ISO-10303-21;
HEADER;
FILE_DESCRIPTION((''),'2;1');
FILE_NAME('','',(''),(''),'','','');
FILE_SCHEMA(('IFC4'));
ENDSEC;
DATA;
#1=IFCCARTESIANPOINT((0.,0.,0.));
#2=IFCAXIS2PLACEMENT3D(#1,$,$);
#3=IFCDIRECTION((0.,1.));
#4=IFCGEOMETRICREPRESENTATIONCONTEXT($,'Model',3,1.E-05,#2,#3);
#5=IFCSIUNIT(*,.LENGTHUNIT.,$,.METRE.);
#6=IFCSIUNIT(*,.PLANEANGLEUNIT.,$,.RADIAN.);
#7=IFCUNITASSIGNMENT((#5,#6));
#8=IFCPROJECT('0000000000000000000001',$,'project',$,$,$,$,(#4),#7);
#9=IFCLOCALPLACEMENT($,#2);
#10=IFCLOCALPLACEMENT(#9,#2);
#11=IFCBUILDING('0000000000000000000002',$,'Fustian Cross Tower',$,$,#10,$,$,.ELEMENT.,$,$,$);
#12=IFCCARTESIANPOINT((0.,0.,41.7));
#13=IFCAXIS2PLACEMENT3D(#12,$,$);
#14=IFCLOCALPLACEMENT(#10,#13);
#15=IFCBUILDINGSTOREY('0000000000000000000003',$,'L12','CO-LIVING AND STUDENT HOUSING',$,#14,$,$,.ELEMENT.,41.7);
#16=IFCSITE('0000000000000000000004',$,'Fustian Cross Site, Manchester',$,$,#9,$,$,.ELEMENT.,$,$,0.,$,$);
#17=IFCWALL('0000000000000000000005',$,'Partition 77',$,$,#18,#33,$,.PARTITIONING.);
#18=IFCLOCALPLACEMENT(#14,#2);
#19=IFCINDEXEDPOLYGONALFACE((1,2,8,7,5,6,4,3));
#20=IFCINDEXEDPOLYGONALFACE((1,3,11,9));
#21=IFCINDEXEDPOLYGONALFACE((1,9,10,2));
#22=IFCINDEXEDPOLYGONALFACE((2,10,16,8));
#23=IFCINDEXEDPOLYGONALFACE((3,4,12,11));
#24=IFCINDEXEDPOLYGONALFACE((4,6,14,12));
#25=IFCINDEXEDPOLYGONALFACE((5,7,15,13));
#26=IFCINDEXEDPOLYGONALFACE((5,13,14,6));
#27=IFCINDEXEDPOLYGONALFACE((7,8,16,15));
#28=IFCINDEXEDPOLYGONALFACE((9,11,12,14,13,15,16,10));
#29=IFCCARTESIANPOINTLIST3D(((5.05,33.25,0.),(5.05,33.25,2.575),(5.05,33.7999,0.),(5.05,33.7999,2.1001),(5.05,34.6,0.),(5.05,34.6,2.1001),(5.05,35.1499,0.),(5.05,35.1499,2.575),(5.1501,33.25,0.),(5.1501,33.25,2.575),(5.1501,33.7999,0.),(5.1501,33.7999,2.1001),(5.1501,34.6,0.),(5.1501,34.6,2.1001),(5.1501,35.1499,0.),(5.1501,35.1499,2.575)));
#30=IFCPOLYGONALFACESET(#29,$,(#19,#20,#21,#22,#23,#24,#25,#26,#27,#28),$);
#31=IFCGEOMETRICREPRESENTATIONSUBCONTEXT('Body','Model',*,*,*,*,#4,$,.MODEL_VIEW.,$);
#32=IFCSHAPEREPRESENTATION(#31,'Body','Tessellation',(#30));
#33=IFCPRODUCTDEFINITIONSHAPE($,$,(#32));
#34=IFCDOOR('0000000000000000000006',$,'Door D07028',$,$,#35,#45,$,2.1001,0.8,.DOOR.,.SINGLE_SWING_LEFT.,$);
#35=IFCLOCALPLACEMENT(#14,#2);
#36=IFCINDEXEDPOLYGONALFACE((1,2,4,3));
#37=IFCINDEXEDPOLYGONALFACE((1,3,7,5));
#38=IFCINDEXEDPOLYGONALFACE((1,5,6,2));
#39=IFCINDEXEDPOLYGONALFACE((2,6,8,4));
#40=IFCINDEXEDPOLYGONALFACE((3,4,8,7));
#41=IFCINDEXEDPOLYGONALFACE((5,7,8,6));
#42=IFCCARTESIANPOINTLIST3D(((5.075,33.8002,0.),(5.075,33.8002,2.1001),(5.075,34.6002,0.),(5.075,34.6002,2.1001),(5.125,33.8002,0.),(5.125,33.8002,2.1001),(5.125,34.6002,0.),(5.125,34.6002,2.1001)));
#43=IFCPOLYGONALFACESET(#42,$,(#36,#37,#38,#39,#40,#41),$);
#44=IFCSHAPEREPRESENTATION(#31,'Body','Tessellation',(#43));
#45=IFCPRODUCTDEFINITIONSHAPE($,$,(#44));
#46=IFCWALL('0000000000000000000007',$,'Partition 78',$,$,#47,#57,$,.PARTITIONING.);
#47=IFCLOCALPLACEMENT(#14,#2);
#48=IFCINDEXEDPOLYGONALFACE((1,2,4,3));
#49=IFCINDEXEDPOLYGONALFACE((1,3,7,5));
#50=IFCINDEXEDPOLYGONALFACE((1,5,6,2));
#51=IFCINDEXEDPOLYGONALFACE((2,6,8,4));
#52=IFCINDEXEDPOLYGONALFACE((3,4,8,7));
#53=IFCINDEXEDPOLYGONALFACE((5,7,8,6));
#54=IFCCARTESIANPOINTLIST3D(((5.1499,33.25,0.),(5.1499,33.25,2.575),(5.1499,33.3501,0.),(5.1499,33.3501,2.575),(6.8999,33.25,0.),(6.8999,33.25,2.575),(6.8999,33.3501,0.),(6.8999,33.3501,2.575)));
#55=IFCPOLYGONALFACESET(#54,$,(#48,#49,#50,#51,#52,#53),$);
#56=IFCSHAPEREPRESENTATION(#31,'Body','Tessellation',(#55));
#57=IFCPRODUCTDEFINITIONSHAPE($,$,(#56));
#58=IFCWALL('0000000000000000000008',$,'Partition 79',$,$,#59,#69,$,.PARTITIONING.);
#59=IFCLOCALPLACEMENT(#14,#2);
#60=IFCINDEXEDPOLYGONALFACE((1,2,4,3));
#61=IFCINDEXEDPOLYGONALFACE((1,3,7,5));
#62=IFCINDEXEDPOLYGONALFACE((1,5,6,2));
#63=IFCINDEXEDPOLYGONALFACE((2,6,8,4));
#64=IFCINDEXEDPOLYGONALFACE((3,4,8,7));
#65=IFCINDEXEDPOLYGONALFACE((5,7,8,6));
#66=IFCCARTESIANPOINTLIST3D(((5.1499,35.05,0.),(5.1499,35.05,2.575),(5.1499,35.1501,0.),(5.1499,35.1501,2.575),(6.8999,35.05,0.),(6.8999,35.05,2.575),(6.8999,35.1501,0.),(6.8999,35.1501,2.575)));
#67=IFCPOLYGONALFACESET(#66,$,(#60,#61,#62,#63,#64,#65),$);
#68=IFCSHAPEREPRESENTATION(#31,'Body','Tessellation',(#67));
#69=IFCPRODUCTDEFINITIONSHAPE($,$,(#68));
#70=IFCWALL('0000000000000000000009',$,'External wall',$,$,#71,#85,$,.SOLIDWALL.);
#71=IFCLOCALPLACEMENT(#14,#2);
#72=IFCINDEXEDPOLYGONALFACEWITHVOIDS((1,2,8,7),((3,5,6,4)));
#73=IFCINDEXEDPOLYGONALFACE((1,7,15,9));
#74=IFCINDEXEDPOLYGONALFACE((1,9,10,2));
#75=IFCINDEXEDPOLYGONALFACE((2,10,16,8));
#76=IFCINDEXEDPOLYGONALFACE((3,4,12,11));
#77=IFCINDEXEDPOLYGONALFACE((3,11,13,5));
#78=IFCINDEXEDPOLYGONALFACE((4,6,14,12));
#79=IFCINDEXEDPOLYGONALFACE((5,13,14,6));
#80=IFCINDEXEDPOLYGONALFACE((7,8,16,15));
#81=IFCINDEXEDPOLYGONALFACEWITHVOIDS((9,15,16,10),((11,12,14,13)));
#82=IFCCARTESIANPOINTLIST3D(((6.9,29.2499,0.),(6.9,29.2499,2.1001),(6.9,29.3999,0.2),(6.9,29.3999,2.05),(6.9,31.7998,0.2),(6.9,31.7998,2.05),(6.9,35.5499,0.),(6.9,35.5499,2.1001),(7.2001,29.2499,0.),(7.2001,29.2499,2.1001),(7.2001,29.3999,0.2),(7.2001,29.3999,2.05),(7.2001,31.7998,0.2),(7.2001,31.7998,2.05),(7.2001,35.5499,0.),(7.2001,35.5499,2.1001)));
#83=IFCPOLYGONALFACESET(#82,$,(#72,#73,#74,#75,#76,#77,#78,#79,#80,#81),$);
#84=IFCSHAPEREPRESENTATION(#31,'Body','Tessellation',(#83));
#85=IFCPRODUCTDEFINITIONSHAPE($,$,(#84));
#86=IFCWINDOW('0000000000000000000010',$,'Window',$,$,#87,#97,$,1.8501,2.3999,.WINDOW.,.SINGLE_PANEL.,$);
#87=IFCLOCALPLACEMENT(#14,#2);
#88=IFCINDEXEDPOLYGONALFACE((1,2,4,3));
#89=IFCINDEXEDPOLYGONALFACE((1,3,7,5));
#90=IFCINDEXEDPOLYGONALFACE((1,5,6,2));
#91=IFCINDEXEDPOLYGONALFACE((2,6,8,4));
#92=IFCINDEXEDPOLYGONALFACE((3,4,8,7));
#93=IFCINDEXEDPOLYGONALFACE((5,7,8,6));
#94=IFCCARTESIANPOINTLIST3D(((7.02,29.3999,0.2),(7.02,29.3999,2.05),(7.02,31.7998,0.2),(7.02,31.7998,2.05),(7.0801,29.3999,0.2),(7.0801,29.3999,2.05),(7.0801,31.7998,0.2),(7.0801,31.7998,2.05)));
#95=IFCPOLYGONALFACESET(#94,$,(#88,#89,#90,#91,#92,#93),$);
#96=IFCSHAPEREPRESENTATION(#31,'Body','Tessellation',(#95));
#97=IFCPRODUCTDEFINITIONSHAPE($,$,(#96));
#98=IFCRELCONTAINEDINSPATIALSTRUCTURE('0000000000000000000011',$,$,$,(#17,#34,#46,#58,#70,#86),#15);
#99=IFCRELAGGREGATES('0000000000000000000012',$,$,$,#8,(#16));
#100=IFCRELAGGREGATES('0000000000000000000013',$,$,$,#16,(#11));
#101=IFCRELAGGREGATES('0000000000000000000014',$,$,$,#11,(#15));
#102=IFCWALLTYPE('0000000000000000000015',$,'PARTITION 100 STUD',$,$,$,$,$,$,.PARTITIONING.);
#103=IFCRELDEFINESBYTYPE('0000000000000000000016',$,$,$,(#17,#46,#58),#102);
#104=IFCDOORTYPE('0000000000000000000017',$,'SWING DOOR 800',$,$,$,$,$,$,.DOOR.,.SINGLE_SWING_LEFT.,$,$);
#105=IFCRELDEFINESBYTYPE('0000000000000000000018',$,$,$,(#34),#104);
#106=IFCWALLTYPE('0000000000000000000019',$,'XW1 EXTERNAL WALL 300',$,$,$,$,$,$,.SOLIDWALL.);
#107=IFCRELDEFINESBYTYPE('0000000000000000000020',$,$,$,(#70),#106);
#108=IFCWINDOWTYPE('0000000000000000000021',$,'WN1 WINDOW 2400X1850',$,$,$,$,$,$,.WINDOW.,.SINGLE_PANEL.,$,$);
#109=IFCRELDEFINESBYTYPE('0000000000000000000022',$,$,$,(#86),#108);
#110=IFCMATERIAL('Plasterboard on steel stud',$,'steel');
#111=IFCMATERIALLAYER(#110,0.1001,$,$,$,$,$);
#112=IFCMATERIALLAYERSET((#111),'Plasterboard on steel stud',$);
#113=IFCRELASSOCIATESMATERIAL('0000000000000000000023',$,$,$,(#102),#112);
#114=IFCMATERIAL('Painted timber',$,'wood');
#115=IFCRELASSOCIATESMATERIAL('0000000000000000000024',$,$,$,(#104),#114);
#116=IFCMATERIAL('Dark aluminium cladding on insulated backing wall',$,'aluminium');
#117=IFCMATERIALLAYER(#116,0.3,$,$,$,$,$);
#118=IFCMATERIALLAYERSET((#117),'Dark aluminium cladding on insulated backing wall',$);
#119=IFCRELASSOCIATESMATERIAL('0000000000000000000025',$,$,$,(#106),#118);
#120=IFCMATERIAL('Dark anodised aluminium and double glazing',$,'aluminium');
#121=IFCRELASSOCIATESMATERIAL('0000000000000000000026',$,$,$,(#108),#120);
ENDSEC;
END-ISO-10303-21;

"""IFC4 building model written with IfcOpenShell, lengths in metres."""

from ifc_helpers import new_model, si_unit, direction, frame, frame_2d, origin, place, context, subcontext, project, spatial, rectangle, extrude, material, layer, layer_set, type_object, element, fill, save


model = new_model("IFC4")

# Units and contexts
model_context = context("Model", 3, precision=1e-05, world=origin(), true_north=direction((0.0, 1.0)))
body_context = subcontext(model_context, "Body", "Model", "MODEL_VIEW")
ifc_project = project(units=[si_unit("LENGTHUNIT", "METRE"), si_unit("PLANEANGLEUNIT", "RADIAN")], contexts=[model_context])

# Site, building, storey
site_placement = place(None, origin())
site = spatial("IfcSite", under=ifc_project, at=site_placement, Name="Fustian Cross Site, Manchester", CompositionType="ELEMENT", RefElevation=0.0)
building_placement = place(site_placement, origin())
building = spatial("IfcBuilding", under=site, at=building_placement, Name="Fustian Cross Tower", CompositionType="ELEMENT")
storey_placement = place(building_placement, frame((0.0, 0.0, 41.7)))
storey = spatial("IfcBuildingStorey", under=building, at=storey_placement, Name="L12", Description="CO-LIVING AND STUDENT HOUSING", CompositionType="ELEMENT", Elevation=41.7)

# Shared definitions
ifc_material_1 = material(Name="Plasterboard on steel stud", Category="steel")
ifc_layer_1 = layer(ifc_material_1, 0.1001)
ifc_layer_set_1 = layer_set([ifc_layer_1], Name="Plasterboard on steel stud")
wall_type_1 = type_object("IfcWallType", Name="PARTITION 100 STUD", PredefinedType="PARTITIONING", material=ifc_layer_set_1)

# Shared definitions
ifc_material_2 = material(Name="Painted timber", Category="wood")
door_type_1 = type_object("IfcDoorType", Name="SWING DOOR 800", OperationType="SINGLE_SWING_LEFT", PredefinedType="DOOR", material=ifc_material_2)

# Wall, opening, door
wall_1_placement = place(storey_placement, frame((5.1001, 33.25, 0.0), z_axis=(0.0, 0.0, 1.0), x_axis=(0.0, 1.0, 0.0)))
wall_1 = element("IfcWall", 1, at=wall_1_placement, inside=storey, type_object=wall_type_1, Name="Partition 77", PredefinedType="PARTITIONING", context=body_context, shape_type="SweptSolid", body=[
    extrude(rectangle(XDim=1.8999, YDim=0.1001, at=frame_2d((0.95, 0.0))), origin(), (0.0, 0.0, 1.0), 2.575),
])
opening_1_placement = place(wall_1_placement, frame((0.55, 0.0, 0.0)))
opening_1 = element("IfcOpeningElement", 2, at=opening_1_placement, cuts=wall_1, PredefinedType="OPENING", context=body_context, shape_type="SweptSolid", body=[
    extrude(rectangle(XDim=0.8, YDim=2.1001, at=frame_2d((0.3999, 1.05))), frame((0.0, 0.0601, 0.0), z_axis=(0.0, -1.0, 0.0), x_axis=(1.0, 0.0, 0.0)), (0.0, 0.0, 1.0), 0.1201),
])
door_1_placement = place(opening_1_placement, frame((0.8, 0.0, 0.0), z_axis=(0.0, 0.0, 1.0), x_axis=(-1.0, 0.0, 0.0)))
door_1 = element("IfcDoor", 3, at=door_1_placement, inside=storey, type_object=door_type_1, Name="Door D07028", OperationType="SINGLE_SWING_LEFT", OverallHeight=2.1001, OverallWidth=0.8, PredefinedType="DOOR", context=body_context, shape_type="SweptSolid", body=[
    extrude(rectangle(XDim=0.8, YDim=2.1001, at=frame_2d((0.3999, 1.05))), frame((0.0, 0.0249, 0.0), z_axis=(0.0, -1.0, 0.0), x_axis=(1.0, 0.0, 0.0)), (0.0, 0.0, 1.0), 0.05),
])
fill(opening_1, door_1)

# Walls
for number, where, z_axis, x_axis, name in (
    (4, (5.1499, 33.3, 0.0), (0.0, 0.0, 1.0), (1.0, 0.0, 0.0), "Partition 78"),
    (5, (5.1499, 35.1001, 0.0), (0.0, 0.0, 1.0), (1.0, 0.0, 0.0), "Partition 79"),
):
    element("IfcWall", number, at=place(storey_placement, frame(where, z_axis=z_axis, x_axis=x_axis)), inside=storey, type_object=wall_type_1, Name=name, PredefinedType="PARTITIONING", context=body_context, shape_type="SweptSolid", body=[
        extrude(rectangle(XDim=1.75, YDim=0.1001, at=frame_2d((0.875, 0.0))), origin(), (0.0, 0.0, 1.0), 2.575),
    ])

# Wall, opening, window
ifc_material_3 = material(Name="Dark aluminium cladding on insulated backing wall", Category="aluminium")
ifc_layer_2 = layer(ifc_material_3, 0.3)
ifc_layer_set_2 = layer_set([ifc_layer_2], Name="Dark aluminium cladding on insulated backing wall")
wall_type_2 = type_object("IfcWallType", Name="XW1 EXTERNAL WALL 300", PredefinedType="SOLIDWALL", material=ifc_layer_set_2)
wall_2_placement = place(storey_placement, frame((7.05, 29.25, 0.0), z_axis=(0.0, 0.0, 1.0), x_axis=(0.0, 1.0, 0.0)))
wall_2 = element("IfcWall", 6, at=wall_2_placement, inside=storey, type_object=wall_type_2, Name="External wall", PredefinedType="SOLIDWALL", context=body_context, shape_type="SweptSolid", body=[
    extrude(rectangle(XDim=6.3, YDim=0.3, at=frame_2d((3.1499, 0.0))), origin(), (0.0, 0.0, 1.0), 2.1001),
])
opening_2_placement = place(wall_2_placement, frame((0.1499, 0.0, 0.2)))
opening_2 = element("IfcOpeningElement", 7, at=opening_2_placement, cuts=wall_2, PredefinedType="OPENING", context=body_context, shape_type="SweptSolid", body=[
    extrude(rectangle(XDim=2.3999, YDim=1.8501, at=frame_2d((1.2, 0.925))), frame((0.0, 0.1599, 0.0), z_axis=(0.0, -1.0, 0.0), x_axis=(1.0, 0.0, 0.0)), (0.0, 0.0, 1.0), 0.3201),
])
ifc_material_4 = material(Name="Dark anodised aluminium and double glazing", Category="aluminium")
window_type = type_object("IfcWindowType", Name="WN1 WINDOW 2400X1850", PartitioningType="SINGLE_PANEL", PredefinedType="WINDOW", material=ifc_material_4)
window_placement = place(opening_2_placement, origin())
window = element("IfcWindow", 8, at=window_placement, inside=storey, type_object=window_type, Name="Window", OverallHeight=1.8501, OverallWidth=2.3999, PartitioningType="SINGLE_PANEL", PredefinedType="WINDOW", context=body_context, shape_type="SweptSolid", body=[
    extrude(rectangle(XDim=2.3999, YDim=1.8501, at=frame_2d((1.2, 0.925))), frame((0.0, 0.03, 0.0), z_axis=(0.0, -1.0, 0.0), x_axis=(1.0, 0.0, 0.0)), (0.0, 0.0, 1.0), 0.0601),
])
fill(opening_2, window)

save(model, "model.ifc")
